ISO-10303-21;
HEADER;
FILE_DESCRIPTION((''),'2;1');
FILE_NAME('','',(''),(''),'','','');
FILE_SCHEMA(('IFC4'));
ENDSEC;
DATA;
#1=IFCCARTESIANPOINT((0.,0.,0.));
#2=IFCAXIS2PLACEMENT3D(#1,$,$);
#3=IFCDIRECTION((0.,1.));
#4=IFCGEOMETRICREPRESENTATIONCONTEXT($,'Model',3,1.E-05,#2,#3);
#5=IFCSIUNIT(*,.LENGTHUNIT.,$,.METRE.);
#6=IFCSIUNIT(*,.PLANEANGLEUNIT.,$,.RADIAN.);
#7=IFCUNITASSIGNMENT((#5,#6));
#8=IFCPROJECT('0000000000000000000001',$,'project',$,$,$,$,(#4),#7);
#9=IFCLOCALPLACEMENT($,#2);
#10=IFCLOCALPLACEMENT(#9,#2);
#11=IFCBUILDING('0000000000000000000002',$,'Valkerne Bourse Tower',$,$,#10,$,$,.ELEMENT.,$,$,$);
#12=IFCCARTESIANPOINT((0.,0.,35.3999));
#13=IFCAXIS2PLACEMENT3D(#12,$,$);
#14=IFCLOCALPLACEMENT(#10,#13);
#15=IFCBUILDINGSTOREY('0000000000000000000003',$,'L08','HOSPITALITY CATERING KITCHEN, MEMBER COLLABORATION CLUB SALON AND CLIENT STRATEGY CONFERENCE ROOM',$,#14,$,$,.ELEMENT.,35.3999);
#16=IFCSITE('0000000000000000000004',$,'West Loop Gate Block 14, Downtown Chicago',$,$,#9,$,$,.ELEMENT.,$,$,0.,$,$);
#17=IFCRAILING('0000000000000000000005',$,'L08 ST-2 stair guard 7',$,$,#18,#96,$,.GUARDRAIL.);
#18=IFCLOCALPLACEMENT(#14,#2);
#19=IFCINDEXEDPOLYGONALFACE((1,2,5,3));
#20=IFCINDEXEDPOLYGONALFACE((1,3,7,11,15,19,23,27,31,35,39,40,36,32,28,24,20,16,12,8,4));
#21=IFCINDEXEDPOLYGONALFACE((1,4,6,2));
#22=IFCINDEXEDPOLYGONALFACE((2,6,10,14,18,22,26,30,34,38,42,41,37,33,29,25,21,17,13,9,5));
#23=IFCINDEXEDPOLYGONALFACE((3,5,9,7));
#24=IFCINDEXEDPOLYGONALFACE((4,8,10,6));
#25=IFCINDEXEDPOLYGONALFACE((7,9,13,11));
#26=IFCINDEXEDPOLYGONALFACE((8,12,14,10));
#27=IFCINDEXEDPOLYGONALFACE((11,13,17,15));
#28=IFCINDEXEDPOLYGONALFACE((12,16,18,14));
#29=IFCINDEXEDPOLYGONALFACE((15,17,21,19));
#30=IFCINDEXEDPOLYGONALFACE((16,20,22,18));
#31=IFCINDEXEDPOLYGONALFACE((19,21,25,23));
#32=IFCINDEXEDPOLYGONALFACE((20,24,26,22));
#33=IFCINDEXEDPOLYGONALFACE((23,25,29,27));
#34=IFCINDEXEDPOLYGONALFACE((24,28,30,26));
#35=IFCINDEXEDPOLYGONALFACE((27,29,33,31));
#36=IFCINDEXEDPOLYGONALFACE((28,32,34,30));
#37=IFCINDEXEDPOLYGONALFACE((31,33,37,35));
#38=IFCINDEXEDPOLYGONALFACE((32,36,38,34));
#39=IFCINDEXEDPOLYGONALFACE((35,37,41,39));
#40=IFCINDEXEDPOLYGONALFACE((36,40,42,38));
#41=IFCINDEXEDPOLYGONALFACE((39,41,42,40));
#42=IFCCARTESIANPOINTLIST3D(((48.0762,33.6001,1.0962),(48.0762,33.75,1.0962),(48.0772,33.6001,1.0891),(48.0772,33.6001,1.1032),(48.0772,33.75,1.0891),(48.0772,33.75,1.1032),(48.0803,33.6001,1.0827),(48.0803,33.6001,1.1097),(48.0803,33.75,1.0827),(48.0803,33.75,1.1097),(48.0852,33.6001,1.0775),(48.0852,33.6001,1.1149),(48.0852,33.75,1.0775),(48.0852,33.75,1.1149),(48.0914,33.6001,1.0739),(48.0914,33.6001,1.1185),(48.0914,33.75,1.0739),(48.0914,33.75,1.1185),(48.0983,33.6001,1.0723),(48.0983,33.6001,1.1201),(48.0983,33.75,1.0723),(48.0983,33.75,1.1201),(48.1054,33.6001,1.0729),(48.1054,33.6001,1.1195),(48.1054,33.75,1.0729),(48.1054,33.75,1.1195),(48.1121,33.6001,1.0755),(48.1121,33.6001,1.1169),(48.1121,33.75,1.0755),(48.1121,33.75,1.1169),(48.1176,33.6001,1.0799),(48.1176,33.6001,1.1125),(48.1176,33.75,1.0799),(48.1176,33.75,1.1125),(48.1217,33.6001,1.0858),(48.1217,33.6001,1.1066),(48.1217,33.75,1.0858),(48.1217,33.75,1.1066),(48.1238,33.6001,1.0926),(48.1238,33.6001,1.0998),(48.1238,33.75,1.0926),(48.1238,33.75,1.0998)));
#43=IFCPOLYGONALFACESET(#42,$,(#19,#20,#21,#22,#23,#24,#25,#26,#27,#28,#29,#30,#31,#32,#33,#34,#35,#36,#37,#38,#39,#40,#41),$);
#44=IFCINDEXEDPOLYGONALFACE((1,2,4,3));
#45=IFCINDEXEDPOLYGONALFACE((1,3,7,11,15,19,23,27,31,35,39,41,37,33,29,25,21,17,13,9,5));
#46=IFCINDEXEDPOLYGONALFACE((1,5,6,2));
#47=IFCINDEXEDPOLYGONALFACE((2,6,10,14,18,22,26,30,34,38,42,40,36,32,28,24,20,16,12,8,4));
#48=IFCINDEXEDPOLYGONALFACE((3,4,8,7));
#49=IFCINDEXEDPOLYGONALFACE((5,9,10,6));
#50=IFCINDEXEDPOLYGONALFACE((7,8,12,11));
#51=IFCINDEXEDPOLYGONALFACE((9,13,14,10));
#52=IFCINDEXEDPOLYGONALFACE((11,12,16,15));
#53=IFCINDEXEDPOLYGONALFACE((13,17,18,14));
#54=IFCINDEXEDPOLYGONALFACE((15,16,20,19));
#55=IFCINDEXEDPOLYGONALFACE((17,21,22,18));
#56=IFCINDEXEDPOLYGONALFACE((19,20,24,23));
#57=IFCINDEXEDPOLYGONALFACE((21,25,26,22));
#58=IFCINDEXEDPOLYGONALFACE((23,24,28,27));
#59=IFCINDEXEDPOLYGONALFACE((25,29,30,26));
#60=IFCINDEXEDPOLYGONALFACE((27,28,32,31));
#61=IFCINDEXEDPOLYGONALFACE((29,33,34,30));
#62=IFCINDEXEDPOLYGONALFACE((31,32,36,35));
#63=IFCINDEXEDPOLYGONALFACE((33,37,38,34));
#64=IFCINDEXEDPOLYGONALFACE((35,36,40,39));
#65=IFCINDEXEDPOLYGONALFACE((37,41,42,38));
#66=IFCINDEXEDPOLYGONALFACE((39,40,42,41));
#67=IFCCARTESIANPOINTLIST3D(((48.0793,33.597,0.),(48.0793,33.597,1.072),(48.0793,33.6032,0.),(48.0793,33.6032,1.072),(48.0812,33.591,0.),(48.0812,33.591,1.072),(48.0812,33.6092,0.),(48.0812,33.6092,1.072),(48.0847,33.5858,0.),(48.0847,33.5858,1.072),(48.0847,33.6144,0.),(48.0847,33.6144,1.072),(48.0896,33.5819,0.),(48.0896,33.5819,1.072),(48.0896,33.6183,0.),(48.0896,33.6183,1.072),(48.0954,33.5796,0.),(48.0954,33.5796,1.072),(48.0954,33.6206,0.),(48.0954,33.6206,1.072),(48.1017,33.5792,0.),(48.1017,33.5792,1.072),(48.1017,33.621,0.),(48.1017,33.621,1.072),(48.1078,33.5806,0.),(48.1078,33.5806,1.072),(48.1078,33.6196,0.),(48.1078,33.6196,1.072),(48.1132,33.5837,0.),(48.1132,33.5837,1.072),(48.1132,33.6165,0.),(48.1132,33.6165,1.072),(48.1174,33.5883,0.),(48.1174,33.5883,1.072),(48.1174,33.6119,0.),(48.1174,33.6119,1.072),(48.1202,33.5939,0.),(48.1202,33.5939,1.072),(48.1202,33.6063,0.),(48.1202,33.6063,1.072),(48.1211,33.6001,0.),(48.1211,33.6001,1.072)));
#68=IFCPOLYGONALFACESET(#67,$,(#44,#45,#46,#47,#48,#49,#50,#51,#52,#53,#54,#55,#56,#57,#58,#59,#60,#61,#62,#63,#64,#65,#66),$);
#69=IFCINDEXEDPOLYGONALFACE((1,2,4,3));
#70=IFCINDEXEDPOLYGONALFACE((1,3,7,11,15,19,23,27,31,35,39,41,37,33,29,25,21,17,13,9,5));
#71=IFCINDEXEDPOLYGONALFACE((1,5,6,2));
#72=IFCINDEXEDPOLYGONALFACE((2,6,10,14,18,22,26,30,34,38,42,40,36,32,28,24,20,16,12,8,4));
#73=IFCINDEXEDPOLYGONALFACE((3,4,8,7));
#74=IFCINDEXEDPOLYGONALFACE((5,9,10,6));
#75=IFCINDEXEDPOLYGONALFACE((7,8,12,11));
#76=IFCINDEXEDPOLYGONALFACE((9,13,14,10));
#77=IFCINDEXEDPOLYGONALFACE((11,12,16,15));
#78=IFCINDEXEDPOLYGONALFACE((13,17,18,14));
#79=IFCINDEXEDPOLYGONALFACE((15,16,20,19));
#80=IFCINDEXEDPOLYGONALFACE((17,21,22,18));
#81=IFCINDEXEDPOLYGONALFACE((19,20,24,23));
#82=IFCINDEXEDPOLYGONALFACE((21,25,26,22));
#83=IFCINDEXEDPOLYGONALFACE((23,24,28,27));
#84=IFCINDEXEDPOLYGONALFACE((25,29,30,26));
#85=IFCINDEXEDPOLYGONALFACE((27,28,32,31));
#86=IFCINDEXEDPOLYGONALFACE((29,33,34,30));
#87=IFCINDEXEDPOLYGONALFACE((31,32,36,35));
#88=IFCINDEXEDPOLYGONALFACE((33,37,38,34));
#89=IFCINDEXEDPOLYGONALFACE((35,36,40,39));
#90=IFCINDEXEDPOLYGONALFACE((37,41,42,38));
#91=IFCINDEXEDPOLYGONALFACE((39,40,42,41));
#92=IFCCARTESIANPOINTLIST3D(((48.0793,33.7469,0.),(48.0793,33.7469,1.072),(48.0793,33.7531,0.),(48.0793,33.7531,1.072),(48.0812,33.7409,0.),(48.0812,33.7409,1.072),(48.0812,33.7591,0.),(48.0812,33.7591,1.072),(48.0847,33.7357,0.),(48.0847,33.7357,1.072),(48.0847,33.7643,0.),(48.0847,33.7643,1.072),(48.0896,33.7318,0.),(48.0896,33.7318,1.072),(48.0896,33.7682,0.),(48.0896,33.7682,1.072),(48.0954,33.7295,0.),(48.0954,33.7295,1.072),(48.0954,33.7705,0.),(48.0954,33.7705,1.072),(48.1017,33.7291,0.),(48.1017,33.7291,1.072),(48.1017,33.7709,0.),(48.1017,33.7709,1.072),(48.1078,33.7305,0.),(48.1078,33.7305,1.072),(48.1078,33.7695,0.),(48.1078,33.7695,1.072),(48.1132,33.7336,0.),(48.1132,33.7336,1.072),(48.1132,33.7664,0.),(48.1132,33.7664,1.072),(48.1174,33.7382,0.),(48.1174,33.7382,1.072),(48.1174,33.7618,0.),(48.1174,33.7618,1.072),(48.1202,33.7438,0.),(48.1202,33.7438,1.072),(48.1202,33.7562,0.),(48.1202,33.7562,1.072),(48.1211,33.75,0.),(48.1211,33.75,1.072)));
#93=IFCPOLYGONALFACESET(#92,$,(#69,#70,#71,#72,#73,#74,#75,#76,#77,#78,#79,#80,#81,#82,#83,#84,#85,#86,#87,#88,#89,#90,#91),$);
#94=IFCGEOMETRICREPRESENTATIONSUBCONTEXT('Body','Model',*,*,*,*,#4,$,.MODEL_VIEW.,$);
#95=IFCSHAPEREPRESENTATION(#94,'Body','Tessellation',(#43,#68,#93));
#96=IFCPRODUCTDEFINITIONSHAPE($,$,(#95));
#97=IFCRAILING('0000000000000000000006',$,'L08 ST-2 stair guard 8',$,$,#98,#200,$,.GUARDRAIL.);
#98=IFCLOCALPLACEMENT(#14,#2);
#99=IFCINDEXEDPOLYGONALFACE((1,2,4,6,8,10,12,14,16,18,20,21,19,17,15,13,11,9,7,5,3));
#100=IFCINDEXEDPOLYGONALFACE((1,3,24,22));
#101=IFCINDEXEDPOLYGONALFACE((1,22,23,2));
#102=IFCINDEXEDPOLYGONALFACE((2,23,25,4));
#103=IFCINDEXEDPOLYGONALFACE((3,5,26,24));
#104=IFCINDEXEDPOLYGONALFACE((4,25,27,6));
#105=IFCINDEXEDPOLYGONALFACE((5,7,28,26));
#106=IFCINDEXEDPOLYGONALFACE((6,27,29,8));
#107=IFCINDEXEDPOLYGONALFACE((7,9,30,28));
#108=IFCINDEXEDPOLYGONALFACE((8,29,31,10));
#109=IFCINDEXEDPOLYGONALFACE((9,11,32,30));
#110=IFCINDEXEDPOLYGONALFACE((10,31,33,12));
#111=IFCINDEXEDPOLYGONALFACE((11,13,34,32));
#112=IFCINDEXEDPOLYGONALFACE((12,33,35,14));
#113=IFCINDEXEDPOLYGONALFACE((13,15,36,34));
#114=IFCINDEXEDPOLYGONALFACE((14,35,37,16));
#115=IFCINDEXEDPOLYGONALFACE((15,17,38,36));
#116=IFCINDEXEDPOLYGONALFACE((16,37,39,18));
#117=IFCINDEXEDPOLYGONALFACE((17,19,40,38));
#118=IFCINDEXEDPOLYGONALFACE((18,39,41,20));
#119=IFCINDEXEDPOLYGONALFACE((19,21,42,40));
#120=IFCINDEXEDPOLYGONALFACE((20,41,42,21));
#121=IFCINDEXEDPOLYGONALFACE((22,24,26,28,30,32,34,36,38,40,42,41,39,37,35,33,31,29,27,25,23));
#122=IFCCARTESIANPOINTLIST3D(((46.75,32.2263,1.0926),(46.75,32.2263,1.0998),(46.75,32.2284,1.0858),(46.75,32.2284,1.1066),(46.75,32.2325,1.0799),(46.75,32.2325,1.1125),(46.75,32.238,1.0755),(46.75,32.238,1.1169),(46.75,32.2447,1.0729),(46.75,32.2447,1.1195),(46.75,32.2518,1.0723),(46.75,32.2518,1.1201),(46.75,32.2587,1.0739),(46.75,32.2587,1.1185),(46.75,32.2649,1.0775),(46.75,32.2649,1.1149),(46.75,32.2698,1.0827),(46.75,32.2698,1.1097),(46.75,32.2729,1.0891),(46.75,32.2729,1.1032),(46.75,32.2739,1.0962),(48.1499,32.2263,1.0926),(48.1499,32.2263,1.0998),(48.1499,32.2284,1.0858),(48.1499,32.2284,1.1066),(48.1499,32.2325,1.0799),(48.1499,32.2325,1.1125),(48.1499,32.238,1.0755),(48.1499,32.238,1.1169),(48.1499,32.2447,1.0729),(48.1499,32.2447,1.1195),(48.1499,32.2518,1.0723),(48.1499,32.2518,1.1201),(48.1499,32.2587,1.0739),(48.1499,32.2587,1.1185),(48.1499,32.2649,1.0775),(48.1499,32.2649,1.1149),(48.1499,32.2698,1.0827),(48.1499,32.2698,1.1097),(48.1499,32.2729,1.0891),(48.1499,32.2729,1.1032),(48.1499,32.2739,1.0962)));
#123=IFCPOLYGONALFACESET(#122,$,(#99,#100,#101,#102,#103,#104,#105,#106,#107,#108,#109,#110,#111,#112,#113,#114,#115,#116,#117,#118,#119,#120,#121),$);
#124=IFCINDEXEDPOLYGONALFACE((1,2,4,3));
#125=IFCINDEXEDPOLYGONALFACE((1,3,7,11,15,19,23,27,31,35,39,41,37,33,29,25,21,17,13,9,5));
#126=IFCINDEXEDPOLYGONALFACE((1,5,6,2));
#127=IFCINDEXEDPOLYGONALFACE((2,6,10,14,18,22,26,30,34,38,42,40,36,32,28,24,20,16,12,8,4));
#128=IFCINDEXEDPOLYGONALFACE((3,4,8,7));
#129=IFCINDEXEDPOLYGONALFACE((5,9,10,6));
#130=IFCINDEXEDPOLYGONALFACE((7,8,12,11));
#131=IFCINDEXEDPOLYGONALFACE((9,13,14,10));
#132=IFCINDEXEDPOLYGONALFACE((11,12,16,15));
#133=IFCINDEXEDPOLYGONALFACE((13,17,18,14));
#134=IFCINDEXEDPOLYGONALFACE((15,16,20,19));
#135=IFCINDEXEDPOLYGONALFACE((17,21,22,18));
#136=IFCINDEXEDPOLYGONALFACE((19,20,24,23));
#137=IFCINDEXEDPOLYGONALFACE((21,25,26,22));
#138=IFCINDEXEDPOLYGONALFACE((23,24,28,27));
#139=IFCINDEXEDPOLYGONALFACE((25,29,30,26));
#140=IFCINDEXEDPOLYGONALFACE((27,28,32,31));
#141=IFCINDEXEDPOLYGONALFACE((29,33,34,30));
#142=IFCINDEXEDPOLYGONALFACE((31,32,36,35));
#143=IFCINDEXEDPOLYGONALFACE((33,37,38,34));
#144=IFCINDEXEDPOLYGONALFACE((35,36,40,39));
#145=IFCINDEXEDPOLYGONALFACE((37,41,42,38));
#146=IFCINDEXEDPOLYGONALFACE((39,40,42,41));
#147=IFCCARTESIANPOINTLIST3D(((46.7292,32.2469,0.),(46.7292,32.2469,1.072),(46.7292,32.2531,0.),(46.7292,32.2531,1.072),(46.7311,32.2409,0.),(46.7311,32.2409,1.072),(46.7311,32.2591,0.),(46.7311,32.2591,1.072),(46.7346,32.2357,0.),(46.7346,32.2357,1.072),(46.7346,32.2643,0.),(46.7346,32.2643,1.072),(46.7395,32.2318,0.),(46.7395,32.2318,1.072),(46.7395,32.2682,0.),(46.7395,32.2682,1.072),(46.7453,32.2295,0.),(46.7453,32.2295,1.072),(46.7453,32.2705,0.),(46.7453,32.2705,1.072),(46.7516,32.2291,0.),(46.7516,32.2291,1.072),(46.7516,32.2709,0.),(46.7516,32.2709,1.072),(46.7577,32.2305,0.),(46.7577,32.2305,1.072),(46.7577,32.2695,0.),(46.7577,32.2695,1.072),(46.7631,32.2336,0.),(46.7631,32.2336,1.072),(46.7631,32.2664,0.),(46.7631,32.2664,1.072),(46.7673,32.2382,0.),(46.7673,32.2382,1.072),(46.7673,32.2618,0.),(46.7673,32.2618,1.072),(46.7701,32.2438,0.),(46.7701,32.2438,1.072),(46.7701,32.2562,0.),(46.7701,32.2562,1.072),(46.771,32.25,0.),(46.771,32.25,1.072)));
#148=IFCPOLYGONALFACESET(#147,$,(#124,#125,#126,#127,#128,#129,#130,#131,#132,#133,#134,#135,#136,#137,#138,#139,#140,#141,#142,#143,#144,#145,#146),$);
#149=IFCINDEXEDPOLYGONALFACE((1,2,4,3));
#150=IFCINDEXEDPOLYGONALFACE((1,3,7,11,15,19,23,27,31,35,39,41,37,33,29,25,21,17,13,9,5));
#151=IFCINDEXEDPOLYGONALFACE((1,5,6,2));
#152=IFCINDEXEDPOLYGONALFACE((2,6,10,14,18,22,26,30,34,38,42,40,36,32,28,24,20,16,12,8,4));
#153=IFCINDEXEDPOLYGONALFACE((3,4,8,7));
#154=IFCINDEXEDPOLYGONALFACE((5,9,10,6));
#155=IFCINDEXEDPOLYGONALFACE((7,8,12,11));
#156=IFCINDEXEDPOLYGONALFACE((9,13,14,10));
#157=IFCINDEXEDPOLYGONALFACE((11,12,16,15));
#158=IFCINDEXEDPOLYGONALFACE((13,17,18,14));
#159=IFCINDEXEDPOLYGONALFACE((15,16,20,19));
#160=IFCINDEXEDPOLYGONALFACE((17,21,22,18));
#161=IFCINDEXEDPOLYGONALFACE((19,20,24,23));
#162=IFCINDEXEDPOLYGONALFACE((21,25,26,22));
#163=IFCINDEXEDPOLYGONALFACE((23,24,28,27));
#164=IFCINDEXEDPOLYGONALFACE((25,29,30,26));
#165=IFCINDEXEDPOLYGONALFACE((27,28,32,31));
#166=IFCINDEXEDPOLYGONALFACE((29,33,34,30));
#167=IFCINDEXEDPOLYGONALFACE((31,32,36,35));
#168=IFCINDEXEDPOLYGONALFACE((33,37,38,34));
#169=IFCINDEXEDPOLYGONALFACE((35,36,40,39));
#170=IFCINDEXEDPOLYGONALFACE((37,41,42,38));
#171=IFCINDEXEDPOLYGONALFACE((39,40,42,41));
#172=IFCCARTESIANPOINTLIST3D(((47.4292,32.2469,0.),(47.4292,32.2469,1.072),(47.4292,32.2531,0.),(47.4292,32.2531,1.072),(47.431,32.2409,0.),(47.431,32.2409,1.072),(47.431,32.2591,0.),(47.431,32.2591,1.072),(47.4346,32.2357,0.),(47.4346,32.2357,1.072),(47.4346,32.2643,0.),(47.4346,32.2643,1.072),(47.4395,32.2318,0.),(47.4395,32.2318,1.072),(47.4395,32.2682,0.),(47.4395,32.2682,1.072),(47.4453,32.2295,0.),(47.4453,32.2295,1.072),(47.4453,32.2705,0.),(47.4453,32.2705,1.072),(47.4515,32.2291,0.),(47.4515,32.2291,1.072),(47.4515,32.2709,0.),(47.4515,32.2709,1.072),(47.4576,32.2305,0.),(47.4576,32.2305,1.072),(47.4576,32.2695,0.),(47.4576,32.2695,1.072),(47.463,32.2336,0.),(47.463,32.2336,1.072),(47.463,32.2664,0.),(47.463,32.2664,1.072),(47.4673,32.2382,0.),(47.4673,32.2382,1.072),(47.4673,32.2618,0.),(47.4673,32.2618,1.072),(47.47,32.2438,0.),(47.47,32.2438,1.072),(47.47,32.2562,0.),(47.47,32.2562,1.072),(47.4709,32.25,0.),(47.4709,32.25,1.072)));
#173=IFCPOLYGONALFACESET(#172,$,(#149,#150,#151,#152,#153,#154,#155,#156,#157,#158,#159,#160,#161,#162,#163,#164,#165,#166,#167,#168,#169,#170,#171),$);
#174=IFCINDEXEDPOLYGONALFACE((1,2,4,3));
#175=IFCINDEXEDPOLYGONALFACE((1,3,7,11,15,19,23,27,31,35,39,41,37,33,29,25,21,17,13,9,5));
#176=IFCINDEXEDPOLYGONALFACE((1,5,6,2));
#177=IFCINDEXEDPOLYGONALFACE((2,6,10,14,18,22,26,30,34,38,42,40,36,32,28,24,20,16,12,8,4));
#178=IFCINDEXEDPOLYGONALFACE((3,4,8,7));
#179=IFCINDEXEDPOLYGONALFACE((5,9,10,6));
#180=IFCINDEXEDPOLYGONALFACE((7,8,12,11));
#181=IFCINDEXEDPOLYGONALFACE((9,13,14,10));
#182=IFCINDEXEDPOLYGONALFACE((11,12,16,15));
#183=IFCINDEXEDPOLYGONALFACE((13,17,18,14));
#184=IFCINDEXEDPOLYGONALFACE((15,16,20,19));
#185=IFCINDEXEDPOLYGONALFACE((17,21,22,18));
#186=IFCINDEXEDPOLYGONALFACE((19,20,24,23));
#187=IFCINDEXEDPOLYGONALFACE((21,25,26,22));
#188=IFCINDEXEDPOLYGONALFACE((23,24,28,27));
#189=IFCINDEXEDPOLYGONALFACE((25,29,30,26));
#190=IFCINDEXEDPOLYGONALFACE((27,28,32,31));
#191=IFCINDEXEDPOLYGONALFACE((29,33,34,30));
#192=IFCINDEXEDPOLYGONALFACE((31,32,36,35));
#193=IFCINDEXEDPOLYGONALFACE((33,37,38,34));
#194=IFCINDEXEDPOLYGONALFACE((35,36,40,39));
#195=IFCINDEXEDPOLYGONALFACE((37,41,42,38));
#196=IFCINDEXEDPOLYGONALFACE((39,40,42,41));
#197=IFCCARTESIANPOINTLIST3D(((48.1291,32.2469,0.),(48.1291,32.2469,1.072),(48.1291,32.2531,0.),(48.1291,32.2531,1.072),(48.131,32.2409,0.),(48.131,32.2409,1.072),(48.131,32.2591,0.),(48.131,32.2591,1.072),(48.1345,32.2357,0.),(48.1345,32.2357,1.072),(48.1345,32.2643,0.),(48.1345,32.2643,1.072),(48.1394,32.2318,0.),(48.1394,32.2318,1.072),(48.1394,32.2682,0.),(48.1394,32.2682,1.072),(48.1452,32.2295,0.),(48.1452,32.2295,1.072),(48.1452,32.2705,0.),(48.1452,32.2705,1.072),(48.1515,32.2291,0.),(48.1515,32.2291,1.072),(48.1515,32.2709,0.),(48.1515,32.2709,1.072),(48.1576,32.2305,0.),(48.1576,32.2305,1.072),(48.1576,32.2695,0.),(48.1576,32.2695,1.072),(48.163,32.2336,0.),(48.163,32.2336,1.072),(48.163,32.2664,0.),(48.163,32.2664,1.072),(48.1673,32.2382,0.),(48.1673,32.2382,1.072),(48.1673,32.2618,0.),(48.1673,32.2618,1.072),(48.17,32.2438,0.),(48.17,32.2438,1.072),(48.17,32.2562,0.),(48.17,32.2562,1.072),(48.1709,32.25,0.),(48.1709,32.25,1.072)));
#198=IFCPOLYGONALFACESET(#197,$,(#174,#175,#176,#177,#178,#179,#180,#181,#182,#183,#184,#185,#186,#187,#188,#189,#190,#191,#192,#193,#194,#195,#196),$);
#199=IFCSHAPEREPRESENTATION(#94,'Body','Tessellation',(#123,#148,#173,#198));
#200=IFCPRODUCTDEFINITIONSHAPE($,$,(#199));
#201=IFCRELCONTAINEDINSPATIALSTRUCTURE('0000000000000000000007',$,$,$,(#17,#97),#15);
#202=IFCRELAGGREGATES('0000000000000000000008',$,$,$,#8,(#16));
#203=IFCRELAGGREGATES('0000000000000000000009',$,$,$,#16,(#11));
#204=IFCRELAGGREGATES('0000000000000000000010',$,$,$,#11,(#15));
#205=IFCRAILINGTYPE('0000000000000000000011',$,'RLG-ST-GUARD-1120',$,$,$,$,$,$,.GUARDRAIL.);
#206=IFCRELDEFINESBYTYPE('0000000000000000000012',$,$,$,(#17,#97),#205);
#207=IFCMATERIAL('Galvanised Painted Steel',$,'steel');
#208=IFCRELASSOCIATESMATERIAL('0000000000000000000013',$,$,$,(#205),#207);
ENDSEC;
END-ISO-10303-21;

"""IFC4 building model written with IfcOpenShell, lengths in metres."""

from ifc_helpers import new_model, si_unit, direction, frame, origin, origin_2d, place, context, subcontext, project, spatial, circle, extrude, material, type_object, element, save


model = new_model("IFC4")

# Units and contexts
model_context = context("Model", 3, precision=1e-05, world=origin(), true_north=direction((0.0, 1.0)))
body_context = subcontext(model_context, "Body", "Model", "MODEL_VIEW")
ifc_project = project(units=[si_unit("LENGTHUNIT", "METRE"), si_unit("PLANEANGLEUNIT", "RADIAN")], contexts=[model_context])

# Site, building, storey
site_placement = place(None, origin())
site = spatial("IfcSite", under=ifc_project, at=site_placement, Name="West Loop Gate Block 14, Downtown Chicago", CompositionType="ELEMENT", RefElevation=0.0)
building_placement = place(site_placement, origin())
building = spatial("IfcBuilding", under=site, at=building_placement, Name="Valkerne Bourse Tower", CompositionType="ELEMENT")
storey_placement = place(building_placement, frame((0.0, 0.0, 35.3999)))
storey = spatial("IfcBuildingStorey", under=building, at=storey_placement, Name="L08", Description="HOSPITALITY CATERING KITCHEN, MEMBER COLLABORATION CLUB SALON AND CLIENT STRATEGY CONFERENCE ROOM", CompositionType="ELEMENT", Elevation=35.3999)

# Shared definitions
ifc_material_1 = material(Name="Galvanised Painted Steel", Category="steel")

# Railings
railing_type_1 = type_object("IfcRailingType", Name="RLG-ST-GUARD-1120", PredefinedType="GUARDRAIL", material=ifc_material_1)
railing_1_placement = place(storey_placement, frame((48.1001, 33.6001, 0.0)))
element("IfcRailing", 1, at=railing_1_placement, inside=storey, type_object=railing_type_1, Name="L08 ST-2 stair guard 7", PredefinedType="GUARDRAIL", context=body_context, shape_type="SweptSolid", body=[
    extrude(circle(Radius=0.0239, at=origin_2d()), frame((0.0, 0.0, 1.0962), z_axis=(0.0, 1.0, 0.0), x_axis=(-1.0, 0.0, 0.0)), (0.0, 0.0, 1.0), 0.1499),
    extrude(circle(Radius=0.021, at=origin_2d()), origin(), (0.0, 0.0, 1.0), 1.072),
    extrude(circle(Radius=0.021, at=origin_2d()), frame((0.0, 0.1499, 0.0)), (0.0, 0.0, 1.0), 1.072),
])
for number, where, name in (
    (2, (46.75, 32.25, 0.0), "L08 ST-2 stair guard 8"),
):
    element("IfcRailing", number, at=place(storey_placement, frame(where)), inside=storey, type_object=railing_type_1, Name=name, PredefinedType="GUARDRAIL", context=body_context, shape_type="SweptSolid", body=[
        extrude(circle(Radius=0.0239, at=origin_2d()), frame((0.0, 0.0, 1.0962), z_axis=(1.0, 0.0, 0.0), x_axis=(0.0, 1.0, 0.0)), (0.0, 0.0, 1.0), 1.3999),
        extrude(circle(Radius=0.021, at=origin_2d()), origin(), (0.0, 0.0, 1.0), 1.072),
        extrude(circle(Radius=0.021, at=origin_2d()), frame((0.7, 0.0, 0.0)), (0.0, 0.0, 1.0), 1.072),
        extrude(circle(Radius=0.021, at=origin_2d()), frame((1.3999, 0.0, 0.0)), (0.0, 0.0, 1.0), 1.072),
    ])

save(model, "model.ifc")
